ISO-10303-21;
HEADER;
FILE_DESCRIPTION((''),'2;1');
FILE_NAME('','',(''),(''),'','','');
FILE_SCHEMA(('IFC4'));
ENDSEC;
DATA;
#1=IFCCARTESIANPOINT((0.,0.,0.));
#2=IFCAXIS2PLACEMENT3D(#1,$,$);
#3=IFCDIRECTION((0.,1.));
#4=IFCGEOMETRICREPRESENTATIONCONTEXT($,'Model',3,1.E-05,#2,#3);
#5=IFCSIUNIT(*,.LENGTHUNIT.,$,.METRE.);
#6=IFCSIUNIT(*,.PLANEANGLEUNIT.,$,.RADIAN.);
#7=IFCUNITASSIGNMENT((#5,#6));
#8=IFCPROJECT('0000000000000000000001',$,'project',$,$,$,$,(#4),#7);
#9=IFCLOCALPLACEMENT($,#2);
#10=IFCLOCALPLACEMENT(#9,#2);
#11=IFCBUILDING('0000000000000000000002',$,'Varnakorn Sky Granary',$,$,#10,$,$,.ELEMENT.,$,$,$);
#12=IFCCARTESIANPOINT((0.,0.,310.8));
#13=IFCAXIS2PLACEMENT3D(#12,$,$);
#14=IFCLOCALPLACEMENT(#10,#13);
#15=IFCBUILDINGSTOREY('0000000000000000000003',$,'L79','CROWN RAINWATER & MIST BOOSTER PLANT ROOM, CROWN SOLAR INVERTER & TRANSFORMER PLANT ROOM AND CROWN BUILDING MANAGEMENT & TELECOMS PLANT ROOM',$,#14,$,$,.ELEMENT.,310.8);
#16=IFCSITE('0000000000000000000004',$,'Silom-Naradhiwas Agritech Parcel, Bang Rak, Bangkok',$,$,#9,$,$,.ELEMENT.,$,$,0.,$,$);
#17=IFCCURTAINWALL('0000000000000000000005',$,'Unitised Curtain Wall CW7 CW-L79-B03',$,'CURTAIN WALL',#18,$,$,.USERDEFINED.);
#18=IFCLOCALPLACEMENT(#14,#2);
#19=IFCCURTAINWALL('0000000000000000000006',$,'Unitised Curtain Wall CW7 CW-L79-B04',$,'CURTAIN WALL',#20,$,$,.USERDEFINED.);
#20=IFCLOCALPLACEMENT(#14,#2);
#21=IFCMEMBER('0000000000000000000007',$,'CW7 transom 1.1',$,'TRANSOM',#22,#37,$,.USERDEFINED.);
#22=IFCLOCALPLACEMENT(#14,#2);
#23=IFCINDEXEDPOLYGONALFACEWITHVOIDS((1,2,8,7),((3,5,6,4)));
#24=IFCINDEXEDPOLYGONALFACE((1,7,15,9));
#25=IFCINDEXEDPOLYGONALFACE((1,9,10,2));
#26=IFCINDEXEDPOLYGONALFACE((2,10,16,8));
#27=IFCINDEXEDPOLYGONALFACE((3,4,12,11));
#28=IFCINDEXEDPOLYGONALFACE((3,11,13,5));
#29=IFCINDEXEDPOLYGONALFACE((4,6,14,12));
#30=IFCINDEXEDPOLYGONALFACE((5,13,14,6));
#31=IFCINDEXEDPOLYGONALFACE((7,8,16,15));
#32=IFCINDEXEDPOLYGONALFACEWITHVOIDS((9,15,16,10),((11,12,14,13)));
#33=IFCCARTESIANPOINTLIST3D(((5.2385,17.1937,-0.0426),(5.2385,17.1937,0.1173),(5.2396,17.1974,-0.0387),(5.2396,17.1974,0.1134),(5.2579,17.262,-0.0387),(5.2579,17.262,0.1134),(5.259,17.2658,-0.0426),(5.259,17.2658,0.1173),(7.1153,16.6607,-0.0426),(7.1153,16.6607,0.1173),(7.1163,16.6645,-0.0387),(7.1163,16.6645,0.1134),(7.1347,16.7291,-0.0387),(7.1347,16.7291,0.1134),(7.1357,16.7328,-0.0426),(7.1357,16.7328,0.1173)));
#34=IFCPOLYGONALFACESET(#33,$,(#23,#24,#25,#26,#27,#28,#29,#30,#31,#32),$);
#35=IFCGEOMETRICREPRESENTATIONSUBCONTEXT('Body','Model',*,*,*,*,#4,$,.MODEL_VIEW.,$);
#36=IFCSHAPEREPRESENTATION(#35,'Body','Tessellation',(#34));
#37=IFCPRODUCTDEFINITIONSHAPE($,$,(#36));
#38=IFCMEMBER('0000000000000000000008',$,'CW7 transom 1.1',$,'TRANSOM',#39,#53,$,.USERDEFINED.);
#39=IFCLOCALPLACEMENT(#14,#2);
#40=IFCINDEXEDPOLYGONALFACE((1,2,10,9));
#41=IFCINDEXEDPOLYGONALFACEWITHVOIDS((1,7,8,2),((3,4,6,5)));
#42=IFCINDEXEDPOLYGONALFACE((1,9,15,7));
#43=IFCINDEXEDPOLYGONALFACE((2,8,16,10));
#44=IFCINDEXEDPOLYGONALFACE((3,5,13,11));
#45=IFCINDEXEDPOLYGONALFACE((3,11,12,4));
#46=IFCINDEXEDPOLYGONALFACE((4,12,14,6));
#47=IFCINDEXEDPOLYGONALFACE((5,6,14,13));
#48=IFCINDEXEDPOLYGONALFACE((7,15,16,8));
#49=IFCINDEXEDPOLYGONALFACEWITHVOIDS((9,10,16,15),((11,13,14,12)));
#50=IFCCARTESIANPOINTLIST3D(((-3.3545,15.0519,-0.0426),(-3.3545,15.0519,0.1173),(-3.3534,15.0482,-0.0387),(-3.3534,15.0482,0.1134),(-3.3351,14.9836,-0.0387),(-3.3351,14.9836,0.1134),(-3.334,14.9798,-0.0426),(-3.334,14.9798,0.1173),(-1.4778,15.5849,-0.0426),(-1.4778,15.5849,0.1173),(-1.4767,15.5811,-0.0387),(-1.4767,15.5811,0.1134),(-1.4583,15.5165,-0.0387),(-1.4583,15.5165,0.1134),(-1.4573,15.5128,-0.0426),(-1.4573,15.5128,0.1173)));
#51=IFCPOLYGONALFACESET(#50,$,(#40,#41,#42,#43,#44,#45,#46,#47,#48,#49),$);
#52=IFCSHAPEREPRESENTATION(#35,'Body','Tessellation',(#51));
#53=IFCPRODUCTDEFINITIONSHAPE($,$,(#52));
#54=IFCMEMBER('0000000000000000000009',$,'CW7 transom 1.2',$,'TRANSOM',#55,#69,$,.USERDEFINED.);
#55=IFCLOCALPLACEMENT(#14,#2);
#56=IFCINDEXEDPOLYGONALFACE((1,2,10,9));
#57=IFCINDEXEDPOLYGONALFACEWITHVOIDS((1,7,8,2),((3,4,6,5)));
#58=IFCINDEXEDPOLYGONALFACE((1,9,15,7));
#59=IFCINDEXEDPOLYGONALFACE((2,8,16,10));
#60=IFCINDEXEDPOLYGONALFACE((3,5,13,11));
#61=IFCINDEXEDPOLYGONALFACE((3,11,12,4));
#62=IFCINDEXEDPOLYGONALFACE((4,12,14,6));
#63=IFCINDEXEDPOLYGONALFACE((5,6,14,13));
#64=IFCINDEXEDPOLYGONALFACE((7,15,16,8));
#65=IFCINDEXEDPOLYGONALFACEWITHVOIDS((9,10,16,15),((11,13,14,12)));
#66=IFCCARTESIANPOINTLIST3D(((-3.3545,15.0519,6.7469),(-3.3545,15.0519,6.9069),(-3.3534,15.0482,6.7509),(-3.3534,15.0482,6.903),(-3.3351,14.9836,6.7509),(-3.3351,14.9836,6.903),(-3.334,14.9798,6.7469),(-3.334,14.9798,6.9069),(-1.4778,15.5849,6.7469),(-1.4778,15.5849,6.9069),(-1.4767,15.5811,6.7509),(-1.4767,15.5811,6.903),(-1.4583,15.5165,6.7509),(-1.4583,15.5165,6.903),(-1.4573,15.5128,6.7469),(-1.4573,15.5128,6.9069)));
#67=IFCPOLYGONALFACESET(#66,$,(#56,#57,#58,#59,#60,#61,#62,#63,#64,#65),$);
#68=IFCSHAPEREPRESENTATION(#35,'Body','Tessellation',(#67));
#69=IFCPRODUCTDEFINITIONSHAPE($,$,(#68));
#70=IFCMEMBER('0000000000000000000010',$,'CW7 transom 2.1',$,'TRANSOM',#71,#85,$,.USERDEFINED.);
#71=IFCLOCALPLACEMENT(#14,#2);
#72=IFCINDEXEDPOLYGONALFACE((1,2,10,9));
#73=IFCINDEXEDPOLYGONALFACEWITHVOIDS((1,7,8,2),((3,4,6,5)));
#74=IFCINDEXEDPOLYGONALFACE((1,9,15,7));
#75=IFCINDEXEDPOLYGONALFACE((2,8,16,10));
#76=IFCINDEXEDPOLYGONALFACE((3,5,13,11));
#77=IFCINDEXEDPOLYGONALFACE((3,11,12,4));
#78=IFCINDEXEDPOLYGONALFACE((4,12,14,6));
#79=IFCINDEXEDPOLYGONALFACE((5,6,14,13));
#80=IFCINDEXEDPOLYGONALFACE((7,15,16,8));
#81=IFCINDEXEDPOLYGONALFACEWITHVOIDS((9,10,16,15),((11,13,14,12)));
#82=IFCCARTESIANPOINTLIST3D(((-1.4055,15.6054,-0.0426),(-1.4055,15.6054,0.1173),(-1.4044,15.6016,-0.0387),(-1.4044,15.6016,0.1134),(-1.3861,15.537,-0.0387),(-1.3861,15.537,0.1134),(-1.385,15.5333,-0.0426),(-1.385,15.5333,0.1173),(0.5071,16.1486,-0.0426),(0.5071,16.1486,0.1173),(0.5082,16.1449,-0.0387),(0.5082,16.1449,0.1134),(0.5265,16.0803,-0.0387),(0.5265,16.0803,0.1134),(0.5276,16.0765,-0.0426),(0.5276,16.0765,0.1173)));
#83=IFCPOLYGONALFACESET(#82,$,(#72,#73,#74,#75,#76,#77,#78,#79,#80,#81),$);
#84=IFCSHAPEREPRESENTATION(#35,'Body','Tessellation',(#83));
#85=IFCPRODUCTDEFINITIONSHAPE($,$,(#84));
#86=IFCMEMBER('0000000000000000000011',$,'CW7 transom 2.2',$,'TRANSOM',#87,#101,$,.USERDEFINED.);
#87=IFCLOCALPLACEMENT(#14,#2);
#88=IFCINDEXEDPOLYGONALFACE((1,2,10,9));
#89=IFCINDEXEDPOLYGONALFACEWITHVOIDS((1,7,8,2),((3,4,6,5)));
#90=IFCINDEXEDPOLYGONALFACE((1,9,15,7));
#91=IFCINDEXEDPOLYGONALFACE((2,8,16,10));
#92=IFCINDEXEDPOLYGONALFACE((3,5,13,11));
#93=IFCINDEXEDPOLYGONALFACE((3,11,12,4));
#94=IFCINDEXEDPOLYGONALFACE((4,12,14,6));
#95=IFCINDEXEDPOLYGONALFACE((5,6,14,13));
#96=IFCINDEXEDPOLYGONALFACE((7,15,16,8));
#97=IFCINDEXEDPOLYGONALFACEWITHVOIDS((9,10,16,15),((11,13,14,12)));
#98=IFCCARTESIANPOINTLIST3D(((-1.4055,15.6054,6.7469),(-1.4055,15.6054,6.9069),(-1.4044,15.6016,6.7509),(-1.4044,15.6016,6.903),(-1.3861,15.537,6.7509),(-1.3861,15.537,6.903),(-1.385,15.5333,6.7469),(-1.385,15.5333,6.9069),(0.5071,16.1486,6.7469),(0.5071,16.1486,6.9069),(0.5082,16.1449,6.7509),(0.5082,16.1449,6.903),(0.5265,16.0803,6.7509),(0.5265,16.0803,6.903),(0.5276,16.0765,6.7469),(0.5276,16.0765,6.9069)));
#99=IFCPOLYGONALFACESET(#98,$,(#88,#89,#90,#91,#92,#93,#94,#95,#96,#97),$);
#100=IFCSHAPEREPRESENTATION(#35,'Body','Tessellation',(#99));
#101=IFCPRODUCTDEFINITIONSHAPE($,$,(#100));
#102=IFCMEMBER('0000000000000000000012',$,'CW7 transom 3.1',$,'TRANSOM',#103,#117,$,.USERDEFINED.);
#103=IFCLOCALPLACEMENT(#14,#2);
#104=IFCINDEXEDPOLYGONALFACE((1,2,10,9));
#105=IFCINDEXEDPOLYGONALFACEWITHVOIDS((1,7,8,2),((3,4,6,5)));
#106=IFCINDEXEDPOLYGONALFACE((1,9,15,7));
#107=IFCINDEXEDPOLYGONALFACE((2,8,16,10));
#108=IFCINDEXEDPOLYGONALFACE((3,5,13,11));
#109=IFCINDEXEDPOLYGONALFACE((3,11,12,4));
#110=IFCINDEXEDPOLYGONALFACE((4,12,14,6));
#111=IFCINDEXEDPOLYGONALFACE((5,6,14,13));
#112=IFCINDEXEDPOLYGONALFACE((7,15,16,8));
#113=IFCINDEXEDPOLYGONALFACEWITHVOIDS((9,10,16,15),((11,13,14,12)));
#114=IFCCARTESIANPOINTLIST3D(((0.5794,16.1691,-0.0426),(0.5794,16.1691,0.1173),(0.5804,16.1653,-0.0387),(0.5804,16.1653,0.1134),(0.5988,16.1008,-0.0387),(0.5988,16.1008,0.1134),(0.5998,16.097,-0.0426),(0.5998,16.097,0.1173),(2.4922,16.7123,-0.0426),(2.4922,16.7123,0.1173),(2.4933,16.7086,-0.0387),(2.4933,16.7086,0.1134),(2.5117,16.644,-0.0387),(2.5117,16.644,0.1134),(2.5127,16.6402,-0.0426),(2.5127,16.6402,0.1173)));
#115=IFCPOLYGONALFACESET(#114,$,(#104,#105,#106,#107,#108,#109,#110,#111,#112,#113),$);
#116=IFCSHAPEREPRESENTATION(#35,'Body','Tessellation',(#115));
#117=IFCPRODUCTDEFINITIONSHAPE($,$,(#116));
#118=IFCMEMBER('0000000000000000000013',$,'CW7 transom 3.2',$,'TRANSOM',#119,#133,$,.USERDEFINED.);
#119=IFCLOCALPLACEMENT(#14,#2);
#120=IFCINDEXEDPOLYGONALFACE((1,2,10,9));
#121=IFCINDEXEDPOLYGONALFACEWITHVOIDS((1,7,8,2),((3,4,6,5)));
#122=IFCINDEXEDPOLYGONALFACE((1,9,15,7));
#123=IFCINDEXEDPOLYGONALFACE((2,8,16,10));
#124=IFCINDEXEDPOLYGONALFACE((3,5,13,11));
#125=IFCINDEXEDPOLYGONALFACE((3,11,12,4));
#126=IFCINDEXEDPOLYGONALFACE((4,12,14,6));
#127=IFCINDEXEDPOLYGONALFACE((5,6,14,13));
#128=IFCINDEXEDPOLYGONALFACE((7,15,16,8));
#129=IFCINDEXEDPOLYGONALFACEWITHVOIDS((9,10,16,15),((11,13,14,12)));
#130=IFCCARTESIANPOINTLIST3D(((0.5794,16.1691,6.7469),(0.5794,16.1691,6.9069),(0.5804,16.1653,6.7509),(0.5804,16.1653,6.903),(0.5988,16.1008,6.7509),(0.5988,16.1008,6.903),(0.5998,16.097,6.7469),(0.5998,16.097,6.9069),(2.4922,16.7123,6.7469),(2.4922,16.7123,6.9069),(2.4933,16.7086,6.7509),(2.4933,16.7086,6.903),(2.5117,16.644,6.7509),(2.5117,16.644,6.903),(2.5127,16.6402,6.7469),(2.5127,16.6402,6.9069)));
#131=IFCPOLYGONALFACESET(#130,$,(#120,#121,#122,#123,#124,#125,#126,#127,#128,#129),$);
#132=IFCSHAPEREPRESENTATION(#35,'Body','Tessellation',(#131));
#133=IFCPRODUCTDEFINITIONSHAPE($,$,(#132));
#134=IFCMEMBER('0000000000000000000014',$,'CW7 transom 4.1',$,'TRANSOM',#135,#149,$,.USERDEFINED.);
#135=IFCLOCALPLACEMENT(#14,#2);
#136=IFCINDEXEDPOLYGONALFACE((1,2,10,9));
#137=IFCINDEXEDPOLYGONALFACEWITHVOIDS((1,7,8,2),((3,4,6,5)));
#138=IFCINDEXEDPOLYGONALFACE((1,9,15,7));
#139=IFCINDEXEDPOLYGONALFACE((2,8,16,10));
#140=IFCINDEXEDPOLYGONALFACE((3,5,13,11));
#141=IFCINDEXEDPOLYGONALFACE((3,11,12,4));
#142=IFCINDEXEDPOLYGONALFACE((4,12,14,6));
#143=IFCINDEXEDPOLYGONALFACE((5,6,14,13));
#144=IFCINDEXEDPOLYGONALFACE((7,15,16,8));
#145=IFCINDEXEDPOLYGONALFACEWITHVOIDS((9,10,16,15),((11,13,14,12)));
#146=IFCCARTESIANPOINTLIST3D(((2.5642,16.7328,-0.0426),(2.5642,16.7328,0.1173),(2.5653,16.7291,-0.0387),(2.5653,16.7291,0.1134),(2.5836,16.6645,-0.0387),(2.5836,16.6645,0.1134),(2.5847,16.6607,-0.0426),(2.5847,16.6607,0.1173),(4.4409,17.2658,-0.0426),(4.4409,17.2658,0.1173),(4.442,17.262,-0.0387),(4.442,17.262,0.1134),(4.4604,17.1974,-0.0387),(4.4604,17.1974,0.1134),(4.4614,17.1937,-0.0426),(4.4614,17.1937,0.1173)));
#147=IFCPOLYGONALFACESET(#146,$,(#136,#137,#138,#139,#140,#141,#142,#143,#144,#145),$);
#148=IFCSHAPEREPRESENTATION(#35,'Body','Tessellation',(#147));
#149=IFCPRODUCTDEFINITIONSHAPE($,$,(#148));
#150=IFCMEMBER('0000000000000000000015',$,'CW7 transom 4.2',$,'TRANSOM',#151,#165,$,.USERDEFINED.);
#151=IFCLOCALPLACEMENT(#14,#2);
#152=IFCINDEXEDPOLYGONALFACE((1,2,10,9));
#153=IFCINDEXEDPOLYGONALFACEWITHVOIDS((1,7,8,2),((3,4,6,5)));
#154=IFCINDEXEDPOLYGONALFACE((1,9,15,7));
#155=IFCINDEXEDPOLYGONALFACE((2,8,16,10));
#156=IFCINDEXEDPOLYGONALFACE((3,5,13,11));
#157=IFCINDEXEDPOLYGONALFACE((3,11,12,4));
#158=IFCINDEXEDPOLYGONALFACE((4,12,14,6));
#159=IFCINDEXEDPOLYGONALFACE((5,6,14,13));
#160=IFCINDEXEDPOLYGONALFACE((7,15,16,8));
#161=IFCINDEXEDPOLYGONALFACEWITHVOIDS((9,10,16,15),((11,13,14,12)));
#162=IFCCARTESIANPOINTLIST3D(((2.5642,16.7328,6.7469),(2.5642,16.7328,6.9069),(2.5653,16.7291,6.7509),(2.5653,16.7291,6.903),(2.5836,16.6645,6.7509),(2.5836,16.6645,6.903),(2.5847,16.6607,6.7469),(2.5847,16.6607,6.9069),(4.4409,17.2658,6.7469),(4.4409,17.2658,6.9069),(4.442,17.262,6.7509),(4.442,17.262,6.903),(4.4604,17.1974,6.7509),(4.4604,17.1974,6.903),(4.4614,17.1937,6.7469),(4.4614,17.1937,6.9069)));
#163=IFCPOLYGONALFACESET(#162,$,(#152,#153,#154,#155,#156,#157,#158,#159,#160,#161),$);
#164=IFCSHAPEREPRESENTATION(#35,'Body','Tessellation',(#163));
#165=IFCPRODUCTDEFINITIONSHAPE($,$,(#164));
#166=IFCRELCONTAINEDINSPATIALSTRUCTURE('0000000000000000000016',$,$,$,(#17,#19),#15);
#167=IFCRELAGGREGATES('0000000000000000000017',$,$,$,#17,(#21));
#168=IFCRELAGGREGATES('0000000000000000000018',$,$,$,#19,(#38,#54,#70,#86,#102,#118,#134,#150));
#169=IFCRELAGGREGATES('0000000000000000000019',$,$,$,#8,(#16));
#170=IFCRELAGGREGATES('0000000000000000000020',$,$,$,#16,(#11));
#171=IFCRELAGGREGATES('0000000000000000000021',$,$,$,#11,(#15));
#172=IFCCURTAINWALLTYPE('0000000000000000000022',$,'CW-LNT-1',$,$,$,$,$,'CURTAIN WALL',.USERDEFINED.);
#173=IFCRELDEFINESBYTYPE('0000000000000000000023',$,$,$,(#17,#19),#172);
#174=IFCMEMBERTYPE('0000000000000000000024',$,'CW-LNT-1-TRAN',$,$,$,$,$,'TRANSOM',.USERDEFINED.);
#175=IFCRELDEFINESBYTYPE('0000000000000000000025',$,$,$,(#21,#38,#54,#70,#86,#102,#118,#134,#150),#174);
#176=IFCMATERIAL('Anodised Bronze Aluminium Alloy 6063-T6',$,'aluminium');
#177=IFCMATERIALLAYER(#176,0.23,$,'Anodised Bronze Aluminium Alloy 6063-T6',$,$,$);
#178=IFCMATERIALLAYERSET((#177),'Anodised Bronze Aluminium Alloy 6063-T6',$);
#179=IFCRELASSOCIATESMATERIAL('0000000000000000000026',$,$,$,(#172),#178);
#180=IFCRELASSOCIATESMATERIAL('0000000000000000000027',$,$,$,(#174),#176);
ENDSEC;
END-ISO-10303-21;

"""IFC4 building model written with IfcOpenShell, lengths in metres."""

from ifc_helpers import new_model, si_unit, direction, frame, origin, origin_2d, place, context, subcontext, project, spatial, hollow_rectangle, extrude, material, layer, layer_set, material_profile, profile_set, type_object, element, aggregate, save


model = new_model("IFC4")

# Units and contexts
model_context = context("Model", 3, precision=1e-05, world=origin(), true_north=direction((0.0, 1.0)))
body_context = subcontext(model_context, "Body", "Model", "MODEL_VIEW")
ifc_project = project(units=[si_unit("LENGTHUNIT", "METRE"), si_unit("PLANEANGLEUNIT", "RADIAN")], contexts=[model_context])

# Site, building, storey
site_placement = place(None, origin())
site = spatial("IfcSite", under=ifc_project, at=site_placement, Name="Silom-Naradhiwas Agritech Parcel, Bang Rak, Bangkok", CompositionType="ELEMENT", RefElevation=0.0)
building_placement = place(site_placement, origin())
building = spatial("IfcBuilding", under=site, at=building_placement, Name="Varnakorn Sky Granary", CompositionType="ELEMENT")
storey_placement = place(building_placement, frame((0.0, 0.0, 310.8)))
storey = spatial("IfcBuildingStorey", under=building, at=storey_placement, Name="L79", Description="CROWN RAINWATER & MIST BOOSTER PLANT ROOM, CROWN SOLAR INVERTER & TRANSFORMER PLANT ROOM AND CROWN BUILDING MANAGEMENT & TELECOMS PLANT ROOM", CompositionType="ELEMENT", Elevation=310.8)

# Curtain wall
ifc_material_1 = material(Name="Anodised Bronze Aluminium Alloy 6063-T6", Category="aluminium")
ifc_layer_1 = layer(ifc_material_1, 0.23, Name="Anodised Bronze Aluminium Alloy 6063-T6")
ifc_layer_set_1 = layer_set([ifc_layer_1], Name="Anodised Bronze Aluminium Alloy 6063-T6")
curtain_wall_type = type_object("IfcCurtainWallType", Name="CW-LNT-1", ElementType="CURTAIN WALL", PredefinedType="USERDEFINED", material=ifc_layer_set_1)
curtain_wall_1_placement = place(storey_placement, origin())
curtain_wall_1 = element("IfcCurtainWall", 1, at=curtain_wall_1_placement, inside=storey, type_object=curtain_wall_type, Name="Unitised Curtain Wall CW7 CW-L79-B03", ObjectType="CURTAIN WALL", PredefinedType="USERDEFINED")

# Curtain wall
curtain_wall_2_placement = place(storey_placement, origin())
curtain_wall_2 = element("IfcCurtainWall", 2, at=curtain_wall_2_placement, inside=storey, type_object=curtain_wall_type, Name="Unitised Curtain Wall CW7 CW-L79-B04", ObjectType="CURTAIN WALL", PredefinedType="USERDEFINED")

# Members
ifc_material_profile_1 = material_profile(ifc_material_1, hollow_rectangle(XDim=0.075, YDim=0.1599, WallThickness=0.0039, at=origin_2d()), Name="ALU TRAN 75x160")
ifc_profile_set_1 = profile_set([ifc_material_profile_1], Name="Anodised Bronze Aluminium Alloy 6063-T6")
member_type_1 = type_object("IfcMemberType", Name="CW-LNT-1-TRAN", ElementType="TRANSOM", PredefinedType="USERDEFINED", material=ifc_profile_set_1)
member_1_placement = place(storey_placement, frame((5.2488, 17.2297, 0.0374), z_axis=(0.961962, -0.273184, 0.0), x_axis=(0.273184, 0.961962, 0.0)))
member_1 = element("IfcMember", 3, at=member_1_placement, type_object=member_type_1, Name="CW7 transom 1.1", ObjectType="TRANSOM", PredefinedType="USERDEFINED", context=body_context, shape_type="SweptSolid", body=[
    extrude(hollow_rectangle(XDim=0.075, YDim=0.1599, WallThickness=0.0039, at=origin_2d()), origin(), (0.0, 0.0, 1.0), 1.9509),
])
aggregate(curtain_wall_1, [member_1])
member_2_placement = place(storey_placement, frame((-3.3442, 15.0159, 0.0374), z_axis=(0.961962, 0.273184, 0.0), x_axis=(-0.273184, 0.961962, 0.0)))
member_2 = element("IfcMember", 4, at=member_2_placement, type_object=member_type_1, Name="CW7 transom 1.1", ObjectType="TRANSOM", PredefinedType="USERDEFINED", context=body_context, shape_type="SweptSolid", body=[
    extrude(hollow_rectangle(XDim=0.075, YDim=0.1599, WallThickness=0.0039, at=origin_2d()), origin(), (0.0, 0.0, 1.0), 1.9509),
])
member_3_placement = place(storey_placement, frame((-3.3442, 15.0159, 6.8269), z_axis=(0.961962, 0.273184, 0.0), x_axis=(-0.273184, 0.961962, 0.0)))
member_3 = element("IfcMember", 5, at=member_3_placement, type_object=member_type_1, Name="CW7 transom 1.2", ObjectType="TRANSOM", PredefinedType="USERDEFINED", context=body_context, shape_type="SweptSolid", body=[
    extrude(hollow_rectangle(XDim=0.075, YDim=0.1599, WallThickness=0.0039, at=origin_2d()), origin(), (0.0, 0.0, 1.0), 1.9509),
])
member_4_placement = place(storey_placement, frame((-1.3953, 15.5693, 0.0374), z_axis=(0.961954, 0.273213, 0.0), x_axis=(-0.273213, 0.961954, 0.0)))
member_4 = element("IfcMember", 6, at=member_4_placement, type_object=member_type_1, Name="CW7 transom 2.1", ObjectType="TRANSOM", PredefinedType="USERDEFINED", context=body_context, shape_type="SweptSolid", body=[
    extrude(hollow_rectangle(XDim=0.075, YDim=0.1599, WallThickness=0.0039, at=origin_2d()), origin(), (0.0, 0.0, 1.0), 1.9883),
])
member_5_placement = place(storey_placement, frame((-1.3953, 15.5693, 6.8269), z_axis=(0.961954, 0.273213, 0.0), x_axis=(-0.273213, 0.961954, 0.0)))
member_5 = element("IfcMember", 7, at=member_5_placement, type_object=member_type_1, Name="CW7 transom 2.2", ObjectType="TRANSOM", PredefinedType="USERDEFINED", context=body_context, shape_type="SweptSolid", body=[
    extrude(hollow_rectangle(XDim=0.075, YDim=0.1599, WallThickness=0.0039, at=origin_2d()), origin(), (0.0, 0.0, 1.0), 1.9883),
])
member_6_placement = place(storey_placement, frame((0.5896, 16.1331, 0.0374), z_axis=(0.961963, 0.27318, 0.0), x_axis=(-0.27318, 0.961963, 0.0)))
member_6 = element("IfcMember", 8, at=member_6_placement, type_object=member_type_1, Name="CW7 transom 3.1", ObjectType="TRANSOM", PredefinedType="USERDEFINED", context=body_context, shape_type="SweptSolid", body=[
    extrude(hollow_rectangle(XDim=0.075, YDim=0.1599, WallThickness=0.0039, at=origin_2d()), origin(), (0.0, 0.0, 1.0), 1.9885),
])
member_7_placement = place(storey_placement, frame((0.5896, 16.1331, 6.8269), z_axis=(0.961963, 0.27318, 0.0), x_axis=(-0.27318, 0.961963, 0.0)))
member_7 = element("IfcMember", 9, at=member_7_placement, type_object=member_type_1, Name="CW7 transom 3.2", ObjectType="TRANSOM", PredefinedType="USERDEFINED", context=body_context, shape_type="SweptSolid", body=[
    extrude(hollow_rectangle(XDim=0.075, YDim=0.1599, WallThickness=0.0039, at=origin_2d()), origin(), (0.0, 0.0, 1.0), 1.9885),
])
member_8_placement = place(storey_placement, frame((2.5745, 16.6968, 0.0374), z_axis=(0.961962, 0.273184, 0.0), x_axis=(-0.273184, 0.961962, 0.0)))
member_8 = element("IfcMember", 10, at=member_8_placement, type_object=member_type_1, Name="CW7 transom 4.1", ObjectType="TRANSOM", PredefinedType="USERDEFINED", context=body_context, shape_type="SweptSolid", body=[
    extrude(hollow_rectangle(XDim=0.075, YDim=0.1599, WallThickness=0.0039, at=origin_2d()), origin(), (0.0, 0.0, 1.0), 1.9509),
])
member_9_placement = place(storey_placement, frame((2.5745, 16.6968, 6.8269), z_axis=(0.961962, 0.273184, 0.0), x_axis=(-0.273184, 0.961962, 0.0)))
member_9 = element("IfcMember", 11, at=member_9_placement, type_object=member_type_1, Name="CW7 transom 4.2", ObjectType="TRANSOM", PredefinedType="USERDEFINED", context=body_context, shape_type="SweptSolid", body=[
    extrude(hollow_rectangle(XDim=0.075, YDim=0.1599, WallThickness=0.0039, at=origin_2d()), origin(), (0.0, 0.0, 1.0), 1.9509),
])

aggregate(curtain_wall_2, [member_2, member_3, member_4, member_5, member_6, member_7, member_8, member_9])

save(model, "model.ifc")
